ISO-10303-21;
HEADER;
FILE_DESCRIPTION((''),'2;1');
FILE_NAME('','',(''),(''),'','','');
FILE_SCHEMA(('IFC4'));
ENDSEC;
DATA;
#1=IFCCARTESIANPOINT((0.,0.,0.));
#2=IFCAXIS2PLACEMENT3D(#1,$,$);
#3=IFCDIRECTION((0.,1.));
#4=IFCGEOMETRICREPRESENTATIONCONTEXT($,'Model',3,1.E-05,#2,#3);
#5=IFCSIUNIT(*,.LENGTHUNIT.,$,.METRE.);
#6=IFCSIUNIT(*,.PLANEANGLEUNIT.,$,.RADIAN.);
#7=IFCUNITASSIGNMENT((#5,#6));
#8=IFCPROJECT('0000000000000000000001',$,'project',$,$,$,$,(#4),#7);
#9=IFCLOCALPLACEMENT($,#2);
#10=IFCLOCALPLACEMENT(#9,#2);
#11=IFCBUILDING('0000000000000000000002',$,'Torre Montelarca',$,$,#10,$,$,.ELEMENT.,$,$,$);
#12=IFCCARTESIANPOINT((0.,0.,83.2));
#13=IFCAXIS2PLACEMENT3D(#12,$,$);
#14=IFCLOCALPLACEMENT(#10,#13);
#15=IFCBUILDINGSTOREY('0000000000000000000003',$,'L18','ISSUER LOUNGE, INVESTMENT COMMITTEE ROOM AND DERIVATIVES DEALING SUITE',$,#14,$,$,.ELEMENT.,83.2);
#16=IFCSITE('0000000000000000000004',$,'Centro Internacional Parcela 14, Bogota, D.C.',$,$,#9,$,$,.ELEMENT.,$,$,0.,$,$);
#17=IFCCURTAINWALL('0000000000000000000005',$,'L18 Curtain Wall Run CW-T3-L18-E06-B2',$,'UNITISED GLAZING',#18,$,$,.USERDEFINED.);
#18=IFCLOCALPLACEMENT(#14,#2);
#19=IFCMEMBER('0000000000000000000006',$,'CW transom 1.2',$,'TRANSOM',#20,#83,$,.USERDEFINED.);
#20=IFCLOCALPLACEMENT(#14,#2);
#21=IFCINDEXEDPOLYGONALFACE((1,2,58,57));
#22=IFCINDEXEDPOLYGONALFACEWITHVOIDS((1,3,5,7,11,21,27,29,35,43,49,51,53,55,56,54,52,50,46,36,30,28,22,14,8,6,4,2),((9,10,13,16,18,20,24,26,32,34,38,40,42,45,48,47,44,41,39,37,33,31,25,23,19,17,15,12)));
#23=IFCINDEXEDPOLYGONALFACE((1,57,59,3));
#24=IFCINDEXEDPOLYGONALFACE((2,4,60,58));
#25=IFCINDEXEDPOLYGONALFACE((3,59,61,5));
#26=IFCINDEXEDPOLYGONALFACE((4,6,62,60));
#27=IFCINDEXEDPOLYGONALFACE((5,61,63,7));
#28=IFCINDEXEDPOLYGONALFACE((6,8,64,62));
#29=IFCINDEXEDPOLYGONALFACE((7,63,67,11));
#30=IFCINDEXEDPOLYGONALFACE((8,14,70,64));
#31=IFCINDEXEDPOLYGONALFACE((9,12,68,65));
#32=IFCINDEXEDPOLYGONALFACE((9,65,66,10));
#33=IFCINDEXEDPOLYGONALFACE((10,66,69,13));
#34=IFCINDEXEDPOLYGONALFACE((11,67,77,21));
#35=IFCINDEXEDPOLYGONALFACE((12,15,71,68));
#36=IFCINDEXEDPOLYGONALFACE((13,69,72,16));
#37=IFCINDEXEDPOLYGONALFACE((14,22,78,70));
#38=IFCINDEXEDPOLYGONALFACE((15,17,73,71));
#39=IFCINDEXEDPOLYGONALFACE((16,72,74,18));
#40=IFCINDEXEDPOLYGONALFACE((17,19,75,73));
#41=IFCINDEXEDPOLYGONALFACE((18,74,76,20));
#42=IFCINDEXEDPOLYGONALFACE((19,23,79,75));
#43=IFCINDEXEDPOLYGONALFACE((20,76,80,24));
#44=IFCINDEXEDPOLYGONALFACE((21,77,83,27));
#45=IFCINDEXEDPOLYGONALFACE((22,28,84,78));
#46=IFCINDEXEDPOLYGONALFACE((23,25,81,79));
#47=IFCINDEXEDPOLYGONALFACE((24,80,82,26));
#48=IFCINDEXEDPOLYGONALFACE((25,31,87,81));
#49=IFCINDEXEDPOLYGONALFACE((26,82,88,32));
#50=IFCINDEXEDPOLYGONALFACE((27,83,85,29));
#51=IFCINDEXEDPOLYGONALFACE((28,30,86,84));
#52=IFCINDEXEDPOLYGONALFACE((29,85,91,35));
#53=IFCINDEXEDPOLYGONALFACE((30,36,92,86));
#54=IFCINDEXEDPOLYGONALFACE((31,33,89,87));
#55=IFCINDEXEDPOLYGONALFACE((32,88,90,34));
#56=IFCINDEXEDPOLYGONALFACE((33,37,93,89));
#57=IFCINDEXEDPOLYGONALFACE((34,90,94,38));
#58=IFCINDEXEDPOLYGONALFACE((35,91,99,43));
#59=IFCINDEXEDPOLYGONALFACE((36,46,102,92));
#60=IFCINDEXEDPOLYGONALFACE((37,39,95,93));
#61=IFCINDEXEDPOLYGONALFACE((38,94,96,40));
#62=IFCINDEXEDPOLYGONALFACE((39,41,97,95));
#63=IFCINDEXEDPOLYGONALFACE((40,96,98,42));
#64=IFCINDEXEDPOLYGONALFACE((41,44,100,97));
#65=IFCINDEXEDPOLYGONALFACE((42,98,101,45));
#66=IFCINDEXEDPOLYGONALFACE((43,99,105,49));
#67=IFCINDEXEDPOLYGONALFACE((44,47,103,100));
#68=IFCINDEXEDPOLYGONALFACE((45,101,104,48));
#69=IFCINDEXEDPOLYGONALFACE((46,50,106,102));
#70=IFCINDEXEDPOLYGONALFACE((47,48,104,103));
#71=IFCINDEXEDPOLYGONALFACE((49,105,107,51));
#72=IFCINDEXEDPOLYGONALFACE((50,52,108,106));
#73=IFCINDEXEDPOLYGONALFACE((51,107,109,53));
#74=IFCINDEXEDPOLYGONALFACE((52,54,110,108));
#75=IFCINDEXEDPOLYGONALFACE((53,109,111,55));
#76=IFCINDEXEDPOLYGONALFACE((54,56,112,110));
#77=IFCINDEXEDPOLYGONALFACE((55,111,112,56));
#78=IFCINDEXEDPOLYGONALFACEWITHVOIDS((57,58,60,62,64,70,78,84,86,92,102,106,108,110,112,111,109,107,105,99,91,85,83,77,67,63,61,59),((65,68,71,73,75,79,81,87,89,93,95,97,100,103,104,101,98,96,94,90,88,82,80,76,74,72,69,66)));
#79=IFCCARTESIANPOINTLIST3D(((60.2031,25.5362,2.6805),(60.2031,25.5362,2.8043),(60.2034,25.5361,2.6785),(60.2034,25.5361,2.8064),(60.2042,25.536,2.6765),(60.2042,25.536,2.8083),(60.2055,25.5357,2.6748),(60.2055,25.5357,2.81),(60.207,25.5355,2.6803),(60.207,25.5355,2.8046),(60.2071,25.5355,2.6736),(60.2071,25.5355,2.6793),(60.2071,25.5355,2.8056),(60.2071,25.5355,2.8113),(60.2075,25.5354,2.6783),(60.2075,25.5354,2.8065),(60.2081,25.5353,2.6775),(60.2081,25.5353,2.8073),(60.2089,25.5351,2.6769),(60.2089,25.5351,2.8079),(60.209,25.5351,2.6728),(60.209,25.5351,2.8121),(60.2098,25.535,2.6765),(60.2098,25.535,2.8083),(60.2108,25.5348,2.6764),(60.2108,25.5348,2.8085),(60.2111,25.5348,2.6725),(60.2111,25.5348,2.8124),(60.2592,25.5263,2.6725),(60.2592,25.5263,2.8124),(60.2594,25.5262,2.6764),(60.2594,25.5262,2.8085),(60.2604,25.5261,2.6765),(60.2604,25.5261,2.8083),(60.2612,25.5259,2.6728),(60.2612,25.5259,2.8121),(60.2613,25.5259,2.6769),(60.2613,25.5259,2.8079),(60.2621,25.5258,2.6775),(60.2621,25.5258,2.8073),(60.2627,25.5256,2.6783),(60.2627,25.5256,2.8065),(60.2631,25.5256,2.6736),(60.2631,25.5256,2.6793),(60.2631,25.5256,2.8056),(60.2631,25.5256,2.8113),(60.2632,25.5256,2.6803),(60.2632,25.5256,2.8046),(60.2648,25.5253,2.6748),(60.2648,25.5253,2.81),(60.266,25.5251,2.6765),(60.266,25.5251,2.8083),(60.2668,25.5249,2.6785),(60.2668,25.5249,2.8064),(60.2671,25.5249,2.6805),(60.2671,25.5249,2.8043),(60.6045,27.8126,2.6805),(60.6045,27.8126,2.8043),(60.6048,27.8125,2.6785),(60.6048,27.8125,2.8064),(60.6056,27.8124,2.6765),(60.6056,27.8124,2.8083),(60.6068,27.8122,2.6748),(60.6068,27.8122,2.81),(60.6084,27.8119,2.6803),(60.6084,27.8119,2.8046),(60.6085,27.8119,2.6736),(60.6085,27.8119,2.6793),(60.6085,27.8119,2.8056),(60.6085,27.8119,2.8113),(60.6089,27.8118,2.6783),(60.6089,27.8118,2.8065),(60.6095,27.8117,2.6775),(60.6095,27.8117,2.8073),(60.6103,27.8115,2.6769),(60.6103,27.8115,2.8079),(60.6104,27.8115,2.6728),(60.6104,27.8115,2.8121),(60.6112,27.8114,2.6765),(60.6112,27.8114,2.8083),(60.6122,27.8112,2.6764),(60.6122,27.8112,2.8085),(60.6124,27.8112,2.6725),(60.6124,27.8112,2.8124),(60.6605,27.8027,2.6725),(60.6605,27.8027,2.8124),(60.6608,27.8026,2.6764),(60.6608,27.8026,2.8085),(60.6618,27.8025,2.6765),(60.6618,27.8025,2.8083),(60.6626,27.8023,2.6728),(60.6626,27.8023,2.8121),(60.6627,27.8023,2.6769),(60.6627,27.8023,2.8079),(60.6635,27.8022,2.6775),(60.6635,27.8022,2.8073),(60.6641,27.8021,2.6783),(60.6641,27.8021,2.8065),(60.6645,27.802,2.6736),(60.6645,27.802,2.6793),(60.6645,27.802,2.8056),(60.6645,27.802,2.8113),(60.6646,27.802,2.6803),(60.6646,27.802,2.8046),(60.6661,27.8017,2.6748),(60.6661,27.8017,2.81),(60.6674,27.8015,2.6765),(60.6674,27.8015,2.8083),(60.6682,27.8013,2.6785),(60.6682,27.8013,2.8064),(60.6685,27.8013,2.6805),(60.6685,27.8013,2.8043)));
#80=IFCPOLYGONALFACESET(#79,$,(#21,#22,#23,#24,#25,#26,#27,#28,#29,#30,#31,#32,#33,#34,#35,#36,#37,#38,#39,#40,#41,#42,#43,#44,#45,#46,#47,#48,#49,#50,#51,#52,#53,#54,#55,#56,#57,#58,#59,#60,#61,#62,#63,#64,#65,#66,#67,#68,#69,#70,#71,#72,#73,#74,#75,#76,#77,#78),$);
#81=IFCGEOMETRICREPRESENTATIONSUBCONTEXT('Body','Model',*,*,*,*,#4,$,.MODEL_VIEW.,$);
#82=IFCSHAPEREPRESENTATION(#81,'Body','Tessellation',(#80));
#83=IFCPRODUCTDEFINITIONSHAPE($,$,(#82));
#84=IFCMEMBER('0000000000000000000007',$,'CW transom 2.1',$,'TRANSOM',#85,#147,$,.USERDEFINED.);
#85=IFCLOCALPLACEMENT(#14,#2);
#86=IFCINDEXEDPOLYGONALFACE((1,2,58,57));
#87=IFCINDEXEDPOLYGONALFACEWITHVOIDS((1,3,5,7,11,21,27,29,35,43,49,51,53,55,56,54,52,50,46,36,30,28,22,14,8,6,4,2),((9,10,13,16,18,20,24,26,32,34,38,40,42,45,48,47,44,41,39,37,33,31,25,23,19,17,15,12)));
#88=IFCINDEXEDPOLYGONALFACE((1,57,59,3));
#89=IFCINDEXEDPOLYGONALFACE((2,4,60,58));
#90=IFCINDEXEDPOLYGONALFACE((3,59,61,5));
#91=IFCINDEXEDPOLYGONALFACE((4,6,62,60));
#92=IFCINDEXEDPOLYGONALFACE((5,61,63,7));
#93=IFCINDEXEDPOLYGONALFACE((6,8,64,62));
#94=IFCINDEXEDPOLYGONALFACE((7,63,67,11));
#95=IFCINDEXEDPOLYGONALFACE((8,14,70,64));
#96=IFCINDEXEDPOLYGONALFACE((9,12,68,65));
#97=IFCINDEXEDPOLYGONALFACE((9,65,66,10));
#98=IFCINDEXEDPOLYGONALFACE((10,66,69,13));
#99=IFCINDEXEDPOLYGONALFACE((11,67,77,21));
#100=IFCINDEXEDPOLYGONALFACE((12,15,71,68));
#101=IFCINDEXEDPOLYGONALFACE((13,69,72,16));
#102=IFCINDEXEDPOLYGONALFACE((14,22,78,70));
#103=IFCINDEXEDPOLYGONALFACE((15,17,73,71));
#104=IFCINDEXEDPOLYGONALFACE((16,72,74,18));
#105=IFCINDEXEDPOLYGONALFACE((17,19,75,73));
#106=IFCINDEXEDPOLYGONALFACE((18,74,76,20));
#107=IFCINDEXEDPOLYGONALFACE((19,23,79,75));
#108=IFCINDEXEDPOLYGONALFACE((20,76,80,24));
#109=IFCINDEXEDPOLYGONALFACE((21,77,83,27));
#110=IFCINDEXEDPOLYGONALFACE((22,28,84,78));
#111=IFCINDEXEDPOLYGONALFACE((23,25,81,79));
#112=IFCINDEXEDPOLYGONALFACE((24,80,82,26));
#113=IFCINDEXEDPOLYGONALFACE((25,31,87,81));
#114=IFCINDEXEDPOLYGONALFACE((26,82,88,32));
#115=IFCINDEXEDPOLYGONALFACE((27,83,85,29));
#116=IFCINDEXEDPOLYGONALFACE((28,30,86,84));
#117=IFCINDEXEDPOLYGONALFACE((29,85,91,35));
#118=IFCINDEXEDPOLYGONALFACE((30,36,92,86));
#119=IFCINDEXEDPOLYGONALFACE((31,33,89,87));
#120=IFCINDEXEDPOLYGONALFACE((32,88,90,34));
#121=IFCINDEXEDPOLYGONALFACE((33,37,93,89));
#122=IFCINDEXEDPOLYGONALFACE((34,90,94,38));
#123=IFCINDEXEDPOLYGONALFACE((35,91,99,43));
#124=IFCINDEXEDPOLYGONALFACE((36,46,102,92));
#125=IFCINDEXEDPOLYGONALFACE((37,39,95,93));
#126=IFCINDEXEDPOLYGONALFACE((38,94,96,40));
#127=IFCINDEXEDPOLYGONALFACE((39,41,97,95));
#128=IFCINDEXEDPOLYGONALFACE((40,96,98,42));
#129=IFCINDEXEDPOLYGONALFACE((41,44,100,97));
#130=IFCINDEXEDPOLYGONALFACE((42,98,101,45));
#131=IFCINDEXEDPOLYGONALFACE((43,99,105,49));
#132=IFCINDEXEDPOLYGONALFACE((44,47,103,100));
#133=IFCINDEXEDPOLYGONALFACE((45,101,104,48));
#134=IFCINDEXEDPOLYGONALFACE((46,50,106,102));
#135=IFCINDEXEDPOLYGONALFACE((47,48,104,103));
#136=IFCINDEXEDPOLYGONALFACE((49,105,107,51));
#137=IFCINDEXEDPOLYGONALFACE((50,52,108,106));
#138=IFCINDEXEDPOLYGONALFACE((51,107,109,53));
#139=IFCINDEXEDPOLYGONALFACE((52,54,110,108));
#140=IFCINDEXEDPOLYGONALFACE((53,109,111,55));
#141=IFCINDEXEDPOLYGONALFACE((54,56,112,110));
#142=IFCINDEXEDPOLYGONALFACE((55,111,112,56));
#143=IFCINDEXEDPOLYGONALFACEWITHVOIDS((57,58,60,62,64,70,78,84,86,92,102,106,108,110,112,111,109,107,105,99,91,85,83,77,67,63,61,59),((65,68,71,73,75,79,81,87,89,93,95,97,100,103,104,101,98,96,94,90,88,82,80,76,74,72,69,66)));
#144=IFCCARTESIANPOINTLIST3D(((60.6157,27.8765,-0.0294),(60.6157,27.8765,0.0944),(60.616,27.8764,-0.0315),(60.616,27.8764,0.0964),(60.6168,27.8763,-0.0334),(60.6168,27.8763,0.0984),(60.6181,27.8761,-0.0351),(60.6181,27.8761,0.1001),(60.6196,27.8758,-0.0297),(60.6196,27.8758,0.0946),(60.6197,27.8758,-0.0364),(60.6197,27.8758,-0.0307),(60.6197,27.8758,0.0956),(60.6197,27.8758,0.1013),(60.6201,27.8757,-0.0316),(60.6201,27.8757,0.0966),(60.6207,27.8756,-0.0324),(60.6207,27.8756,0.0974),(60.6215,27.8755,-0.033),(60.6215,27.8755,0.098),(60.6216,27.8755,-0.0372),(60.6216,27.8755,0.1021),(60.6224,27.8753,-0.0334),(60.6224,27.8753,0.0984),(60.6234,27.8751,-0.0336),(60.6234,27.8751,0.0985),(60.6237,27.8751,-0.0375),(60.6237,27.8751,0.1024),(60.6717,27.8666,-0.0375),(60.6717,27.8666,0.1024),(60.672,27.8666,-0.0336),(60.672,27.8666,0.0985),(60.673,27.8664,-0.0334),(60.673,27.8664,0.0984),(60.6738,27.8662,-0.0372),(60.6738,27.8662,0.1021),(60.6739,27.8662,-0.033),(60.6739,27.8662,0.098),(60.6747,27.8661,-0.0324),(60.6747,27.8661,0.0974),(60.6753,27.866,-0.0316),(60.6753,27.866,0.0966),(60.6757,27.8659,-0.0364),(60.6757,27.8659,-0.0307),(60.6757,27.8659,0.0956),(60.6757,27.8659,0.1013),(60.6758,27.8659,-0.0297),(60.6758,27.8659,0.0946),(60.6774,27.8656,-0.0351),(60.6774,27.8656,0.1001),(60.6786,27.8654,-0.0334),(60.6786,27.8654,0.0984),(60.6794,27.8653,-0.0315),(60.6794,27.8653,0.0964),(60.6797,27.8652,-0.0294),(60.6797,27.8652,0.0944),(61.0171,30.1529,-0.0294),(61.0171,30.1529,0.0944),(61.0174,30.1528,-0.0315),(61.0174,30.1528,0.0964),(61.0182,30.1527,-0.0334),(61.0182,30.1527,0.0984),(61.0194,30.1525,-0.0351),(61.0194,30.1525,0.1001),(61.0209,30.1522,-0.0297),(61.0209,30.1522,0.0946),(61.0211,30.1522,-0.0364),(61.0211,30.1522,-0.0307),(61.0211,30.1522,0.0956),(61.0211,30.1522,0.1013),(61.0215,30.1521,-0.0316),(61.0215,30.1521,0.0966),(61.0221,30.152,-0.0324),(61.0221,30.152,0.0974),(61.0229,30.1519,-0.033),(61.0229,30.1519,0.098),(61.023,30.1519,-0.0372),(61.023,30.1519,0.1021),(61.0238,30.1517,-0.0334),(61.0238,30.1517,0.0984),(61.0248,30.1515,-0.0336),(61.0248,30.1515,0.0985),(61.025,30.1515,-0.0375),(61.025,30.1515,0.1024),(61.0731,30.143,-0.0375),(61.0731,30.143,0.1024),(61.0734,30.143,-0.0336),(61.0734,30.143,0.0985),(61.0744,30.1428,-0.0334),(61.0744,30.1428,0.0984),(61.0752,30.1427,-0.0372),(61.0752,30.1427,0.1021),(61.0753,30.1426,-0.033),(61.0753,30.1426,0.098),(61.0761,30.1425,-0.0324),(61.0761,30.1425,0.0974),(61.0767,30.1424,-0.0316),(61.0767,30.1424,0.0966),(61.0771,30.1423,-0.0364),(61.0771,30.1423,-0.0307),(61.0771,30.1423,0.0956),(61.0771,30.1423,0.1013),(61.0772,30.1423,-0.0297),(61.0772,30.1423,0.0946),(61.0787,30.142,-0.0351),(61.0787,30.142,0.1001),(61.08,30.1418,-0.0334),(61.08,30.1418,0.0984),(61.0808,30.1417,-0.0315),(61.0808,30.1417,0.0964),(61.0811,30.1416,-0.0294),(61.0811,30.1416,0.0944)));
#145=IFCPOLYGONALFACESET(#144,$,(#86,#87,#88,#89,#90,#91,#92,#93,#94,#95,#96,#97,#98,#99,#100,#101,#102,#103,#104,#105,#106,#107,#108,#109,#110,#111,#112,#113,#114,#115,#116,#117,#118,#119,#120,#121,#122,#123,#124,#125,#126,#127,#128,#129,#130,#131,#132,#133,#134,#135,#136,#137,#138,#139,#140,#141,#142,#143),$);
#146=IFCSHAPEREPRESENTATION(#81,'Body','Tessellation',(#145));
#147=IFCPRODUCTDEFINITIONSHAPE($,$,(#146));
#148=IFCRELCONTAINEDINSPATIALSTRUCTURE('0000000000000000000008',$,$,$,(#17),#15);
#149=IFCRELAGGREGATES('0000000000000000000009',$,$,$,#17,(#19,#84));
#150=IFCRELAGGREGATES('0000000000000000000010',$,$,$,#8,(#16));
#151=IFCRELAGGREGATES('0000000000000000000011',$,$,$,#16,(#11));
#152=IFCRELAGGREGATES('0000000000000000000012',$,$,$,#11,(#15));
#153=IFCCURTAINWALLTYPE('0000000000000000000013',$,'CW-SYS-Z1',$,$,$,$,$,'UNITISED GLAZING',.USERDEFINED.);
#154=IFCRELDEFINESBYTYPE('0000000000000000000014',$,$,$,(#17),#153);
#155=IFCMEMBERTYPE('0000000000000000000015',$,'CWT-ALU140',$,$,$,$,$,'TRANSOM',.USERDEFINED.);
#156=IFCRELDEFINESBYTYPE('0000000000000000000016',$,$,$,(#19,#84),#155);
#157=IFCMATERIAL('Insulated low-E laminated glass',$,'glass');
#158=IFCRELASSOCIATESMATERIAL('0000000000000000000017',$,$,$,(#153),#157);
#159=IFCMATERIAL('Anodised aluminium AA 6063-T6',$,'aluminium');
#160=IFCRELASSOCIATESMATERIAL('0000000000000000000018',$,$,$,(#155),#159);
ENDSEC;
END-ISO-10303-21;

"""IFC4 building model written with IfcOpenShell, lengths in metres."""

from ifc_helpers import new_model, si_unit, direction, frame, origin, origin_2d, place, context, subcontext, project, spatial, hollow_rectangle, extrude, source, transform, mapped, material, material_profile, profile_set, type_object, element, aggregate, save


model = new_model("IFC4")

# Units and contexts
model_context = context("Model", 3, precision=1e-05, world=origin(), true_north=direction((0.0, 1.0)))
body_context = subcontext(model_context, "Body", "Model", "MODEL_VIEW")
ifc_project = project(units=[si_unit("LENGTHUNIT", "METRE"), si_unit("PLANEANGLEUNIT", "RADIAN")], contexts=[model_context])

# Site, building, storey
site_placement = place(None, origin())
site = spatial("IfcSite", under=ifc_project, at=site_placement, Name="Centro Internacional Parcela 14, Bogota, D.C.", CompositionType="ELEMENT", RefElevation=0.0)
building_placement = place(site_placement, origin())
building = spatial("IfcBuilding", under=site, at=building_placement, Name="Torre Montelarca", CompositionType="ELEMENT")
storey_placement = place(building_placement, frame((0.0, 0.0, 83.2)))
storey = spatial("IfcBuildingStorey", under=building, at=storey_placement, Name="L18", Description="ISSUER LOUNGE, INVESTMENT COMMITTEE ROOM AND DERIVATIVES DEALING SUITE", CompositionType="ELEMENT", Elevation=83.2)

# Curtain wall, members
ifc_material_1 = material(Name="Insulated low-E laminated glass", Category="glass")
curtain_wall_type = type_object("IfcCurtainWallType", Name="CW-SYS-Z1", ElementType="UNITISED GLAZING", PredefinedType="USERDEFINED", material=ifc_material_1)
ifc_material_2 = material(Name="Anodised aluminium AA 6063-T6", Category="aluminium")
ifc_material_profile_1 = material_profile(ifc_material_2, hollow_rectangle(XDim=0.0649, YDim=0.1399, WallThickness=0.0039, InnerFilletRadius=0.0039, OuterFilletRadius=0.0081, at=origin_2d()), Name="ALU65X140X4", Category="aluminium")
ifc_profile_set_1 = profile_set([ifc_material_profile_1], Name="Anodised aluminium AA 6063-T6")
member_type_1 = type_object("IfcMemberType", Name="CWT-ALU140", ElementType="TRANSOM", PredefinedType="USERDEFINED", material=ifc_profile_set_1)
curtain_wall_1_placement = place(storey_placement, origin())
curtain_wall_1 = element("IfcCurtainWall", 1, at=curtain_wall_1_placement, inside=storey, type_object=curtain_wall_type, Name="L18 Curtain Wall Run CW-T3-L18-E06-B2", ObjectType="UNITISED GLAZING", PredefinedType="USERDEFINED")
shared_shape_1 = source(origin(), body_context, "Body", "SweptSolid", [
    extrude(hollow_rectangle(XDim=0.0649, YDim=0.1399, WallThickness=0.0039, InnerFilletRadius=0.0039, OuterFilletRadius=0.0081, at=origin_2d()), origin(), (0.0, 0.0, 1.0), 2.3115),
])
member_1_placement = place(storey_placement, frame((60.2351, 25.5305, 2.7424), z_axis=(0.173641, 0.984809, 0.0), x_axis=(-0.984809, 0.173641, 0.0)))
member_1 = element("IfcMember", 2, at=member_1_placement, type_object=member_type_1, Name="CW transom 1.2", ObjectType="TRANSOM", PredefinedType="USERDEFINED", context=body_context, shape_type="MappedRepresentation", body=[
    mapped(shared_shape_1, transform((0.0, 0.0, 0.0), scale=1.0)),
])
member_2_placement = place(storey_placement, frame((60.6477, 27.8708, 0.0325), z_axis=(0.173641, 0.984809, 0.0), x_axis=(-0.984809, 0.173641, 0.0)))
member_2 = element("IfcMember", 3, at=member_2_placement, type_object=member_type_1, Name="CW transom 2.1", ObjectType="TRANSOM", PredefinedType="USERDEFINED", context=body_context, shape_type="MappedRepresentation", body=[
    mapped(shared_shape_1, transform((0.0, 0.0, 0.0), scale=1.0)),
])

aggregate(curtain_wall_1, [member_1, member_2])

save(model, "model.ifc")
